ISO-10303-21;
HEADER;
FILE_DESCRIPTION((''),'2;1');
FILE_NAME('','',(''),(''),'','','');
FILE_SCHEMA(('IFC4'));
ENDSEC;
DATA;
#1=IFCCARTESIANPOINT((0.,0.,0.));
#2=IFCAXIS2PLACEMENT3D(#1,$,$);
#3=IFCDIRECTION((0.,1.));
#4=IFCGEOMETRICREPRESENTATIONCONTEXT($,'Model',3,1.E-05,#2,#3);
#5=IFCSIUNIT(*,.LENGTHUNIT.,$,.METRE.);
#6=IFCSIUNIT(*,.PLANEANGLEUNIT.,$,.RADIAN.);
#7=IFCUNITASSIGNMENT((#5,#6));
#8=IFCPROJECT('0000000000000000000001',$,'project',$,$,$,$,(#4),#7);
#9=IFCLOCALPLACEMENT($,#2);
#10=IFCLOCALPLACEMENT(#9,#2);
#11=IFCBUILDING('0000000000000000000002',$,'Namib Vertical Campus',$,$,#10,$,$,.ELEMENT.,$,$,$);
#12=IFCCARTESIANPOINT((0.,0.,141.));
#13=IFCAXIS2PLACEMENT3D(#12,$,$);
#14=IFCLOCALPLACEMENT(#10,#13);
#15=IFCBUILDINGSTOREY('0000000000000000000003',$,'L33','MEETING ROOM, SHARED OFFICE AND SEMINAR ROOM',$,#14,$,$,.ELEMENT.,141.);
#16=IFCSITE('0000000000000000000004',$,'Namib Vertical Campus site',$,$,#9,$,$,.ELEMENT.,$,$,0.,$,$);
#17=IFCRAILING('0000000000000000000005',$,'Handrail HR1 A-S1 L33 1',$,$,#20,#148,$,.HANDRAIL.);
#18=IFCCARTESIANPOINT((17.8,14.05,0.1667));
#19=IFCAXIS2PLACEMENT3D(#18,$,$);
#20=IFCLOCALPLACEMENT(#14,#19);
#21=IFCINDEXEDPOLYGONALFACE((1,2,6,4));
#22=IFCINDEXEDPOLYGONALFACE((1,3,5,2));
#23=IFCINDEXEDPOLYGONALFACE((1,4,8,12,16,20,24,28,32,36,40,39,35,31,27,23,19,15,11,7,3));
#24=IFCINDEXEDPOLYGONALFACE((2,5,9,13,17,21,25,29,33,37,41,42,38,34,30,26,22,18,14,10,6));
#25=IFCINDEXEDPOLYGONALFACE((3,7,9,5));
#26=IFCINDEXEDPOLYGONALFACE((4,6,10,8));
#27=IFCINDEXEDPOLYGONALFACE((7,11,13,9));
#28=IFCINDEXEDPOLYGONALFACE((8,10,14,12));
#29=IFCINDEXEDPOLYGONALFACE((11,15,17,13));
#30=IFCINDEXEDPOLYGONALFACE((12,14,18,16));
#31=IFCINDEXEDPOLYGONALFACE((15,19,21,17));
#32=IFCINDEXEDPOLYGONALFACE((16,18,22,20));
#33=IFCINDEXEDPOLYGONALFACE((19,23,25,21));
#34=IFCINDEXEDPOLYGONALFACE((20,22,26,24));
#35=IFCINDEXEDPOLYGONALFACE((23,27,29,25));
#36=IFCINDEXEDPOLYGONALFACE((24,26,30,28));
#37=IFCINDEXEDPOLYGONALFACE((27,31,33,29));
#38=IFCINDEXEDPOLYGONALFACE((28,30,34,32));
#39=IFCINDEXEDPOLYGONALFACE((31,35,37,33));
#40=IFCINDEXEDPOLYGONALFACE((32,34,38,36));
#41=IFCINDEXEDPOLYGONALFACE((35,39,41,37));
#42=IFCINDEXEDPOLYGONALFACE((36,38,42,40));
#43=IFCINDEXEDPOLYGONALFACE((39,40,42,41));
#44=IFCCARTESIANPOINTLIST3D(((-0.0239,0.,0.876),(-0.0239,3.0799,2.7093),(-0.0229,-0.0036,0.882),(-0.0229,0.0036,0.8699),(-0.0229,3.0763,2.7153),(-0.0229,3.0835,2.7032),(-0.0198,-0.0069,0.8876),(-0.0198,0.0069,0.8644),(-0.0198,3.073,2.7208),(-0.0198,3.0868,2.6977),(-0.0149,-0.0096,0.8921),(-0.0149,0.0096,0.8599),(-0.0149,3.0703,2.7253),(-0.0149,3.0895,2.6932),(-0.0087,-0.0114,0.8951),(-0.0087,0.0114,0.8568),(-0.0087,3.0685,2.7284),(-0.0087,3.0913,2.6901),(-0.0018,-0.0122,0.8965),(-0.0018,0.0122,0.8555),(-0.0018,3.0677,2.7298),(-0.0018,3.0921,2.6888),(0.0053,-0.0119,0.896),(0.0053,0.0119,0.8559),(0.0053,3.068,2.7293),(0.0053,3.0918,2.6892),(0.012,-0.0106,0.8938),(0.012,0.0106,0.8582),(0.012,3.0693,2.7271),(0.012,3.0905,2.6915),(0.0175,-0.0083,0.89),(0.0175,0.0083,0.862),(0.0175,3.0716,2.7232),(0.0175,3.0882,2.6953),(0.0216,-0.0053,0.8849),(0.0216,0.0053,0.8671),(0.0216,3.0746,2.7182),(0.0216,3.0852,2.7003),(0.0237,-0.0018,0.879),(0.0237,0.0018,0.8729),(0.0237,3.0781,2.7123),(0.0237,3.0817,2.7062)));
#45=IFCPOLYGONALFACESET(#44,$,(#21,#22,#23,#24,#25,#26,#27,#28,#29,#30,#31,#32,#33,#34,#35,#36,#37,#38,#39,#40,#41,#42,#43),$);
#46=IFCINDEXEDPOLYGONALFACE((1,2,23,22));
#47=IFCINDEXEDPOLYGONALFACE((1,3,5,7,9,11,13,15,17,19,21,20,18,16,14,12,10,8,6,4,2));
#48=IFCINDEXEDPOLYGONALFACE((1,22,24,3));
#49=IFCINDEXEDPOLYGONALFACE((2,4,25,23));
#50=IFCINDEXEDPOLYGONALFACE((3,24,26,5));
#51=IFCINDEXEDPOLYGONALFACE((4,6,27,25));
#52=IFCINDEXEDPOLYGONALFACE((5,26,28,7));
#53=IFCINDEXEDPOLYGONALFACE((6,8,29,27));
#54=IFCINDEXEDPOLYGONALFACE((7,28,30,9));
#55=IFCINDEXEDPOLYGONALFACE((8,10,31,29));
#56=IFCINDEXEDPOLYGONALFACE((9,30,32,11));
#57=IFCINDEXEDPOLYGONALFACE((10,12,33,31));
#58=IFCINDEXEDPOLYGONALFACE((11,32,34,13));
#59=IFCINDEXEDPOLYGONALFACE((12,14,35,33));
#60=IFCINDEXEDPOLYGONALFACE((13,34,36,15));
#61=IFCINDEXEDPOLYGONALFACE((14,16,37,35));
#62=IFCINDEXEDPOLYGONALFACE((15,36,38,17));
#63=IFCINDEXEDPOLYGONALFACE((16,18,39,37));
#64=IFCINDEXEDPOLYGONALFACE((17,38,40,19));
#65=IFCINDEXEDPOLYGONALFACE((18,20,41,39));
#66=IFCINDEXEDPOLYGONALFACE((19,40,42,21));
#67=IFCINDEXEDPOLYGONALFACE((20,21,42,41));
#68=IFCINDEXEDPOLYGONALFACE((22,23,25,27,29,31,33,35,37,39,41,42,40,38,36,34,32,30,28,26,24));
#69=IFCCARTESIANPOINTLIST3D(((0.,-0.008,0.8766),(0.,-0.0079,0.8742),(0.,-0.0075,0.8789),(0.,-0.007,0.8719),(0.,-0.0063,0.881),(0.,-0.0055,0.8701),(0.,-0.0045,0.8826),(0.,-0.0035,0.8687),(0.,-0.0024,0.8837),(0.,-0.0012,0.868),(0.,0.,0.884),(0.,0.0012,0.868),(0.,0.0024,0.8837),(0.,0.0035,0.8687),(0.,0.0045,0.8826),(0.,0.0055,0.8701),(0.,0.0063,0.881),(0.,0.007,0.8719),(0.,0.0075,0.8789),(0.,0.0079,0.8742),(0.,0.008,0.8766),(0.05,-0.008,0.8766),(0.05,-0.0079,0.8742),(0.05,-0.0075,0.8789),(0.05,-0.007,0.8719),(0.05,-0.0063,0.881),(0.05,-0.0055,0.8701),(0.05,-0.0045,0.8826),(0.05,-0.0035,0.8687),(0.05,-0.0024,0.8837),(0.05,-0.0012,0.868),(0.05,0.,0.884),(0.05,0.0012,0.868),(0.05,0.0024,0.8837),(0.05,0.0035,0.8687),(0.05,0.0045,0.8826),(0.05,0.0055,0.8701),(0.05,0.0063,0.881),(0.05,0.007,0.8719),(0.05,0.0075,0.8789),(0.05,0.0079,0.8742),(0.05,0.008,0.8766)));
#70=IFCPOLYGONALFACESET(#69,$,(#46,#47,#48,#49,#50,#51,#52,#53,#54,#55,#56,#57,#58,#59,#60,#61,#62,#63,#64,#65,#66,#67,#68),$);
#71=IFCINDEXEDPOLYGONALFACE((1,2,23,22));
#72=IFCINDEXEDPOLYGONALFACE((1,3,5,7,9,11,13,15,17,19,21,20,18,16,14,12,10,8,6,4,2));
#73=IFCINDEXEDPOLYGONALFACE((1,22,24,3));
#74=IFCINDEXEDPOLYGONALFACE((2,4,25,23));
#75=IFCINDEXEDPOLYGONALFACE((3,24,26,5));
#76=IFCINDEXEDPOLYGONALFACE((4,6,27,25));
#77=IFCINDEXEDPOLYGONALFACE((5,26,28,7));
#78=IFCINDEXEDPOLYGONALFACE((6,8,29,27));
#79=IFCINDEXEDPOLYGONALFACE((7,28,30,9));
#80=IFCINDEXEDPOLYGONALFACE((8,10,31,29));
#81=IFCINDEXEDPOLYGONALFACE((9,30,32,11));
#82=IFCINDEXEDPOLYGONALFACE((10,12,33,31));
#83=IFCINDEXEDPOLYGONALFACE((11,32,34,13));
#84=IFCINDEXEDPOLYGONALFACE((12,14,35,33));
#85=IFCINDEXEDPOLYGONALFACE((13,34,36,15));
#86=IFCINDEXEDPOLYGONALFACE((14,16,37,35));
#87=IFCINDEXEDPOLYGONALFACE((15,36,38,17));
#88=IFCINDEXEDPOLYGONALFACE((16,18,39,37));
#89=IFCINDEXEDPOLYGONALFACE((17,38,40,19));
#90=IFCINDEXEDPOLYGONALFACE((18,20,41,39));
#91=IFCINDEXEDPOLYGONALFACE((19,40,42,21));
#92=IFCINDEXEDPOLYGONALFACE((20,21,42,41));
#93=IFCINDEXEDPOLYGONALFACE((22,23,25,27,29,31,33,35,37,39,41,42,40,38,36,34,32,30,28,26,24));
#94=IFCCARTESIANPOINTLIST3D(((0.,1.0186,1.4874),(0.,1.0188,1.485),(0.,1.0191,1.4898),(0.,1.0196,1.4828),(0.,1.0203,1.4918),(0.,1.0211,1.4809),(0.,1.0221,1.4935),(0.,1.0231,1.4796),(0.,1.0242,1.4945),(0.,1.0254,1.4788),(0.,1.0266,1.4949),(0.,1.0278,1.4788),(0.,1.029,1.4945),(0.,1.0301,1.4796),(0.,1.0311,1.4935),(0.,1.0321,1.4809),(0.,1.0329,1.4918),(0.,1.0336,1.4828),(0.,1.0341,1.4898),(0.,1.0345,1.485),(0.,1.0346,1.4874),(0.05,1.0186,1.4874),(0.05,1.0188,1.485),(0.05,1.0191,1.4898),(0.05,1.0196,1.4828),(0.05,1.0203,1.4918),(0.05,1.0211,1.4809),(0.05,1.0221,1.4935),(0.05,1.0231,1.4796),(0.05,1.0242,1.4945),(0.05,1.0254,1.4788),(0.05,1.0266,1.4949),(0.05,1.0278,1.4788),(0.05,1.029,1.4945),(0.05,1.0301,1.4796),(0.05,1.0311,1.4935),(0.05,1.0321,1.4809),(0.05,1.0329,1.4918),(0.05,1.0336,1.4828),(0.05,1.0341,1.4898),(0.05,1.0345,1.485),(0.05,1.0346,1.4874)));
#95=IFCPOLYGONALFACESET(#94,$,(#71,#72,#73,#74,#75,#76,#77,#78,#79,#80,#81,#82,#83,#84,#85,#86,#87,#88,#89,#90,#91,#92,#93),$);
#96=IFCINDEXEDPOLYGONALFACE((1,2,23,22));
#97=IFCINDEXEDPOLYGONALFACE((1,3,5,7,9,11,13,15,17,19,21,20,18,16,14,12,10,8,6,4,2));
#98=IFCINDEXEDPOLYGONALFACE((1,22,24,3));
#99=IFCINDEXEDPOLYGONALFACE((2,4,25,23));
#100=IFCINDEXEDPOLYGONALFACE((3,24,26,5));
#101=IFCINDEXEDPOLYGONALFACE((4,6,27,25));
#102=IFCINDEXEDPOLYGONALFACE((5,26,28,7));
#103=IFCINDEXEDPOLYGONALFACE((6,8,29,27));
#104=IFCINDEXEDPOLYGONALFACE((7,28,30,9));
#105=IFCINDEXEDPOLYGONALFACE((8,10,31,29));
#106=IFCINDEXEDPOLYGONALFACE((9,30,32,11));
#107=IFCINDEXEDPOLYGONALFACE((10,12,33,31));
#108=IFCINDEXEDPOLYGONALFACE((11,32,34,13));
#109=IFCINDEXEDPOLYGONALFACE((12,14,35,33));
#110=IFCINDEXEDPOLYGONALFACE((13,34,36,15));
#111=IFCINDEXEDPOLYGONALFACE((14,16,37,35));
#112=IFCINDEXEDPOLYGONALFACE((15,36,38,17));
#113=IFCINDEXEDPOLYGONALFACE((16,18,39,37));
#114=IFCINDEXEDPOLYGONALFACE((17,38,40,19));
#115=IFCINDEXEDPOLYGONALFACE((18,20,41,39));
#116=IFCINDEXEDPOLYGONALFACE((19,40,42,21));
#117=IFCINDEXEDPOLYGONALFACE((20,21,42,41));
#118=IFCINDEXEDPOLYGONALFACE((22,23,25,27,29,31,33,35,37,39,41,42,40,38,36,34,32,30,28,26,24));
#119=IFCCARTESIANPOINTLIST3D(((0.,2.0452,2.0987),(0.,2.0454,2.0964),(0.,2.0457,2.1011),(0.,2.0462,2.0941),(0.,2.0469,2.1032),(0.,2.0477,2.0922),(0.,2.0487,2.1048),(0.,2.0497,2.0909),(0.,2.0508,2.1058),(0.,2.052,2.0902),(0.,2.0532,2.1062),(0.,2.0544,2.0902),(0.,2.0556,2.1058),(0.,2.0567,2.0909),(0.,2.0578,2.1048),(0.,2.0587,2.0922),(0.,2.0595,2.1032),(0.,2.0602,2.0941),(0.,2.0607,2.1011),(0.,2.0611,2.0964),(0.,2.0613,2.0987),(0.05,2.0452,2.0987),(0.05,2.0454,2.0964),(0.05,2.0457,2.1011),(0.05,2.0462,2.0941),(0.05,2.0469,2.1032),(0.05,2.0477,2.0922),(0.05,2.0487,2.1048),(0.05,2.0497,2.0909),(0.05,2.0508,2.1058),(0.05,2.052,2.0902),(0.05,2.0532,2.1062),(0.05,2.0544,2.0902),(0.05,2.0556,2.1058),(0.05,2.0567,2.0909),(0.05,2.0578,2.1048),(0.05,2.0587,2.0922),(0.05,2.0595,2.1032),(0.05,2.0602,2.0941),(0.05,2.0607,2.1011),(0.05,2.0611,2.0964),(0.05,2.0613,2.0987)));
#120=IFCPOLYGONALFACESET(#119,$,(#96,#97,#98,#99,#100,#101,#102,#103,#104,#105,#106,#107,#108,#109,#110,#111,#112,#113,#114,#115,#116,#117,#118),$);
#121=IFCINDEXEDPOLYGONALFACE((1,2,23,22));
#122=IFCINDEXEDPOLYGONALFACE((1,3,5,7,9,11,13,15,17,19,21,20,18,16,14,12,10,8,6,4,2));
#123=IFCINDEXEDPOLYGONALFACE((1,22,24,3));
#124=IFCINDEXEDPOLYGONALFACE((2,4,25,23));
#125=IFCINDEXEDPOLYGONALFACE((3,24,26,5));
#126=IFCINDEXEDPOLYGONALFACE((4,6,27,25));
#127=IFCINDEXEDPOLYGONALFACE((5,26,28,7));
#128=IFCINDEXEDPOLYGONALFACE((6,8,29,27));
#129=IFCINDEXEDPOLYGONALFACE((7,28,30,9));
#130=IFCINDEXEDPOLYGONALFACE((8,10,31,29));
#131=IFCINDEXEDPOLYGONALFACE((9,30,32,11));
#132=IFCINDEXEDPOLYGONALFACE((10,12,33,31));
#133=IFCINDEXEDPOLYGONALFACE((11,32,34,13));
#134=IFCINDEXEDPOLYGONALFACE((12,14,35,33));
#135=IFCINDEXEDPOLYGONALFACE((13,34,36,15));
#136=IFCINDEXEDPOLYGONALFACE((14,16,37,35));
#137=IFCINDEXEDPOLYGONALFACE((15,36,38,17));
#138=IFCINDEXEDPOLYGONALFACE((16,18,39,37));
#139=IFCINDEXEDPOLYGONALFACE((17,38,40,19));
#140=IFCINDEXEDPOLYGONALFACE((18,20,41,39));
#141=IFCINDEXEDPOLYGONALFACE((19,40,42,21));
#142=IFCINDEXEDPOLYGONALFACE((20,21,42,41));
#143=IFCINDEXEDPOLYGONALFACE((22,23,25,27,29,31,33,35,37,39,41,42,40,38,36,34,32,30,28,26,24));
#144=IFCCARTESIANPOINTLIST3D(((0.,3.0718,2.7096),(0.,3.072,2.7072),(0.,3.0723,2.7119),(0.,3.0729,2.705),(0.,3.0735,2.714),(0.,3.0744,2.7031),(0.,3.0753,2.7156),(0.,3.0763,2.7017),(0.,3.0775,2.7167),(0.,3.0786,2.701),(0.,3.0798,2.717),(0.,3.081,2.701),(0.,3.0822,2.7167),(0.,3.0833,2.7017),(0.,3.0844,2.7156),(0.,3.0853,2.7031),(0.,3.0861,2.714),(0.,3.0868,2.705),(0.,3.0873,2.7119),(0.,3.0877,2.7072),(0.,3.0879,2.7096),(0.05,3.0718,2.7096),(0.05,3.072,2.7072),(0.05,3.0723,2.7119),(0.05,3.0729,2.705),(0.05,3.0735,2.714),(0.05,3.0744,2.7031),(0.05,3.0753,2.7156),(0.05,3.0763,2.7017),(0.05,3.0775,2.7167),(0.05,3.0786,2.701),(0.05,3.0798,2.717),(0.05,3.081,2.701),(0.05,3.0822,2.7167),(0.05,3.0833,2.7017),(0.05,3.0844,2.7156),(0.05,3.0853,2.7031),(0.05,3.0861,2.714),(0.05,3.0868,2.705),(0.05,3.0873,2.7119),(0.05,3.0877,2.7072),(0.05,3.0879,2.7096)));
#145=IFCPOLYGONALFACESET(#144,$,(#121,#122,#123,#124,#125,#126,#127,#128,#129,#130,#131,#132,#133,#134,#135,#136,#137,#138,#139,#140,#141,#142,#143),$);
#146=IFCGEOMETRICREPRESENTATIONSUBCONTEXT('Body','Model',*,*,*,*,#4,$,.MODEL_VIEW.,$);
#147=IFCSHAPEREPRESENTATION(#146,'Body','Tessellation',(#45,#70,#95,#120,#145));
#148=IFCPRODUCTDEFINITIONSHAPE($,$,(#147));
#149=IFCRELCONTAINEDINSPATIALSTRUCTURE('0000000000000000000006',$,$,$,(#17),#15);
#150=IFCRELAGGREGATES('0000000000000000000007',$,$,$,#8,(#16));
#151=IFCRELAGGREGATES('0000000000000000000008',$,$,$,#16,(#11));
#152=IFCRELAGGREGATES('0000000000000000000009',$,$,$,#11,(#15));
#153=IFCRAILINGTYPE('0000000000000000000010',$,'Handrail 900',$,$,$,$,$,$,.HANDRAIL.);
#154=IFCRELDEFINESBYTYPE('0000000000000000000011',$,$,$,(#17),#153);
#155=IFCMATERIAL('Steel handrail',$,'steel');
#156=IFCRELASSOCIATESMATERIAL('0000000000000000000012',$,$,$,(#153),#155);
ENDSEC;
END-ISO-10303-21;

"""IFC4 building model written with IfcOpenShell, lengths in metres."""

from ifc_helpers import new_model, si_unit, direction, frame, origin, origin_2d, place, context, subcontext, project, spatial, circle, extrude, material, type_object, element, save


model = new_model("IFC4")

# Units and contexts
model_context = context("Model", 3, precision=1e-05, world=origin(), true_north=direction((0.0, 1.0)))
body_context = subcontext(model_context, "Body", "Model", "MODEL_VIEW")
ifc_project = project(units=[si_unit("LENGTHUNIT", "METRE"), si_unit("PLANEANGLEUNIT", "RADIAN")], contexts=[model_context])

# Site, building, storey
site_placement = place(None, origin())
site = spatial("IfcSite", under=ifc_project, at=site_placement, Name="Namib Vertical Campus site", CompositionType="ELEMENT", RefElevation=0.0)
building_placement = place(site_placement, origin())
building = spatial("IfcBuilding", under=site, at=building_placement, Name="Namib Vertical Campus", CompositionType="ELEMENT")
storey_placement = place(building_placement, frame((0.0, 0.0, 141.0)))
storey = spatial("IfcBuildingStorey", under=building, at=storey_placement, Name="L33", Description="MEETING ROOM, SHARED OFFICE AND SEMINAR ROOM", CompositionType="ELEMENT", Elevation=141.0)

# Railing
ifc_material_1 = material(Name="Steel handrail", Category="steel")
railing_type_1 = type_object("IfcRailingType", Name="Handrail 900", PredefinedType="HANDRAIL", material=ifc_material_1)
railing_1_placement = place(storey_placement, frame((17.8, 14.05, 0.1667)))
element("IfcRailing", 1, at=railing_1_placement, inside=storey, type_object=railing_type_1, Name="Handrail HR1 A-S1 L33 1", PredefinedType="HANDRAIL", context=body_context, shape_type="SweptSolid", body=[
    extrude(circle(Radius=0.0239, at=origin_2d()), frame((0.0, 0.0, 0.876), z_axis=(0.0, 0.859291, 0.511487), x_axis=(-1.0, 0.0, 0.0)), (0.0, 0.0, 1.0), 3.5842),
    extrude(circle(Radius=0.0081, at=origin_2d()), frame((0.0, 0.0, 0.876), z_axis=(1.0, 0.0, 0.0), x_axis=(0.0, 0.0, 1.0)), (0.0, 0.0, 1.0), 0.05),
    extrude(circle(Radius=0.0081, at=origin_2d()), frame((0.0, 1.0266, 1.4868), z_axis=(1.0, 0.0, 0.0), x_axis=(0.0, 0.0, 1.0)), (0.0, 0.0, 1.0), 0.05),
    extrude(circle(Radius=0.0081, at=origin_2d()), frame((0.0, 2.0532, 2.0981), z_axis=(1.0, 0.0, 0.0), x_axis=(0.0, 0.0, 1.0)), (0.0, 0.0, 1.0), 0.05),
    extrude(circle(Radius=0.0081, at=origin_2d()), frame((0.0, 3.0798, 2.709), z_axis=(1.0, 0.0, 0.0), x_axis=(0.0, 0.0, 1.0)), (0.0, 0.0, 1.0), 0.05),
])

save(model, "model.ifc")
